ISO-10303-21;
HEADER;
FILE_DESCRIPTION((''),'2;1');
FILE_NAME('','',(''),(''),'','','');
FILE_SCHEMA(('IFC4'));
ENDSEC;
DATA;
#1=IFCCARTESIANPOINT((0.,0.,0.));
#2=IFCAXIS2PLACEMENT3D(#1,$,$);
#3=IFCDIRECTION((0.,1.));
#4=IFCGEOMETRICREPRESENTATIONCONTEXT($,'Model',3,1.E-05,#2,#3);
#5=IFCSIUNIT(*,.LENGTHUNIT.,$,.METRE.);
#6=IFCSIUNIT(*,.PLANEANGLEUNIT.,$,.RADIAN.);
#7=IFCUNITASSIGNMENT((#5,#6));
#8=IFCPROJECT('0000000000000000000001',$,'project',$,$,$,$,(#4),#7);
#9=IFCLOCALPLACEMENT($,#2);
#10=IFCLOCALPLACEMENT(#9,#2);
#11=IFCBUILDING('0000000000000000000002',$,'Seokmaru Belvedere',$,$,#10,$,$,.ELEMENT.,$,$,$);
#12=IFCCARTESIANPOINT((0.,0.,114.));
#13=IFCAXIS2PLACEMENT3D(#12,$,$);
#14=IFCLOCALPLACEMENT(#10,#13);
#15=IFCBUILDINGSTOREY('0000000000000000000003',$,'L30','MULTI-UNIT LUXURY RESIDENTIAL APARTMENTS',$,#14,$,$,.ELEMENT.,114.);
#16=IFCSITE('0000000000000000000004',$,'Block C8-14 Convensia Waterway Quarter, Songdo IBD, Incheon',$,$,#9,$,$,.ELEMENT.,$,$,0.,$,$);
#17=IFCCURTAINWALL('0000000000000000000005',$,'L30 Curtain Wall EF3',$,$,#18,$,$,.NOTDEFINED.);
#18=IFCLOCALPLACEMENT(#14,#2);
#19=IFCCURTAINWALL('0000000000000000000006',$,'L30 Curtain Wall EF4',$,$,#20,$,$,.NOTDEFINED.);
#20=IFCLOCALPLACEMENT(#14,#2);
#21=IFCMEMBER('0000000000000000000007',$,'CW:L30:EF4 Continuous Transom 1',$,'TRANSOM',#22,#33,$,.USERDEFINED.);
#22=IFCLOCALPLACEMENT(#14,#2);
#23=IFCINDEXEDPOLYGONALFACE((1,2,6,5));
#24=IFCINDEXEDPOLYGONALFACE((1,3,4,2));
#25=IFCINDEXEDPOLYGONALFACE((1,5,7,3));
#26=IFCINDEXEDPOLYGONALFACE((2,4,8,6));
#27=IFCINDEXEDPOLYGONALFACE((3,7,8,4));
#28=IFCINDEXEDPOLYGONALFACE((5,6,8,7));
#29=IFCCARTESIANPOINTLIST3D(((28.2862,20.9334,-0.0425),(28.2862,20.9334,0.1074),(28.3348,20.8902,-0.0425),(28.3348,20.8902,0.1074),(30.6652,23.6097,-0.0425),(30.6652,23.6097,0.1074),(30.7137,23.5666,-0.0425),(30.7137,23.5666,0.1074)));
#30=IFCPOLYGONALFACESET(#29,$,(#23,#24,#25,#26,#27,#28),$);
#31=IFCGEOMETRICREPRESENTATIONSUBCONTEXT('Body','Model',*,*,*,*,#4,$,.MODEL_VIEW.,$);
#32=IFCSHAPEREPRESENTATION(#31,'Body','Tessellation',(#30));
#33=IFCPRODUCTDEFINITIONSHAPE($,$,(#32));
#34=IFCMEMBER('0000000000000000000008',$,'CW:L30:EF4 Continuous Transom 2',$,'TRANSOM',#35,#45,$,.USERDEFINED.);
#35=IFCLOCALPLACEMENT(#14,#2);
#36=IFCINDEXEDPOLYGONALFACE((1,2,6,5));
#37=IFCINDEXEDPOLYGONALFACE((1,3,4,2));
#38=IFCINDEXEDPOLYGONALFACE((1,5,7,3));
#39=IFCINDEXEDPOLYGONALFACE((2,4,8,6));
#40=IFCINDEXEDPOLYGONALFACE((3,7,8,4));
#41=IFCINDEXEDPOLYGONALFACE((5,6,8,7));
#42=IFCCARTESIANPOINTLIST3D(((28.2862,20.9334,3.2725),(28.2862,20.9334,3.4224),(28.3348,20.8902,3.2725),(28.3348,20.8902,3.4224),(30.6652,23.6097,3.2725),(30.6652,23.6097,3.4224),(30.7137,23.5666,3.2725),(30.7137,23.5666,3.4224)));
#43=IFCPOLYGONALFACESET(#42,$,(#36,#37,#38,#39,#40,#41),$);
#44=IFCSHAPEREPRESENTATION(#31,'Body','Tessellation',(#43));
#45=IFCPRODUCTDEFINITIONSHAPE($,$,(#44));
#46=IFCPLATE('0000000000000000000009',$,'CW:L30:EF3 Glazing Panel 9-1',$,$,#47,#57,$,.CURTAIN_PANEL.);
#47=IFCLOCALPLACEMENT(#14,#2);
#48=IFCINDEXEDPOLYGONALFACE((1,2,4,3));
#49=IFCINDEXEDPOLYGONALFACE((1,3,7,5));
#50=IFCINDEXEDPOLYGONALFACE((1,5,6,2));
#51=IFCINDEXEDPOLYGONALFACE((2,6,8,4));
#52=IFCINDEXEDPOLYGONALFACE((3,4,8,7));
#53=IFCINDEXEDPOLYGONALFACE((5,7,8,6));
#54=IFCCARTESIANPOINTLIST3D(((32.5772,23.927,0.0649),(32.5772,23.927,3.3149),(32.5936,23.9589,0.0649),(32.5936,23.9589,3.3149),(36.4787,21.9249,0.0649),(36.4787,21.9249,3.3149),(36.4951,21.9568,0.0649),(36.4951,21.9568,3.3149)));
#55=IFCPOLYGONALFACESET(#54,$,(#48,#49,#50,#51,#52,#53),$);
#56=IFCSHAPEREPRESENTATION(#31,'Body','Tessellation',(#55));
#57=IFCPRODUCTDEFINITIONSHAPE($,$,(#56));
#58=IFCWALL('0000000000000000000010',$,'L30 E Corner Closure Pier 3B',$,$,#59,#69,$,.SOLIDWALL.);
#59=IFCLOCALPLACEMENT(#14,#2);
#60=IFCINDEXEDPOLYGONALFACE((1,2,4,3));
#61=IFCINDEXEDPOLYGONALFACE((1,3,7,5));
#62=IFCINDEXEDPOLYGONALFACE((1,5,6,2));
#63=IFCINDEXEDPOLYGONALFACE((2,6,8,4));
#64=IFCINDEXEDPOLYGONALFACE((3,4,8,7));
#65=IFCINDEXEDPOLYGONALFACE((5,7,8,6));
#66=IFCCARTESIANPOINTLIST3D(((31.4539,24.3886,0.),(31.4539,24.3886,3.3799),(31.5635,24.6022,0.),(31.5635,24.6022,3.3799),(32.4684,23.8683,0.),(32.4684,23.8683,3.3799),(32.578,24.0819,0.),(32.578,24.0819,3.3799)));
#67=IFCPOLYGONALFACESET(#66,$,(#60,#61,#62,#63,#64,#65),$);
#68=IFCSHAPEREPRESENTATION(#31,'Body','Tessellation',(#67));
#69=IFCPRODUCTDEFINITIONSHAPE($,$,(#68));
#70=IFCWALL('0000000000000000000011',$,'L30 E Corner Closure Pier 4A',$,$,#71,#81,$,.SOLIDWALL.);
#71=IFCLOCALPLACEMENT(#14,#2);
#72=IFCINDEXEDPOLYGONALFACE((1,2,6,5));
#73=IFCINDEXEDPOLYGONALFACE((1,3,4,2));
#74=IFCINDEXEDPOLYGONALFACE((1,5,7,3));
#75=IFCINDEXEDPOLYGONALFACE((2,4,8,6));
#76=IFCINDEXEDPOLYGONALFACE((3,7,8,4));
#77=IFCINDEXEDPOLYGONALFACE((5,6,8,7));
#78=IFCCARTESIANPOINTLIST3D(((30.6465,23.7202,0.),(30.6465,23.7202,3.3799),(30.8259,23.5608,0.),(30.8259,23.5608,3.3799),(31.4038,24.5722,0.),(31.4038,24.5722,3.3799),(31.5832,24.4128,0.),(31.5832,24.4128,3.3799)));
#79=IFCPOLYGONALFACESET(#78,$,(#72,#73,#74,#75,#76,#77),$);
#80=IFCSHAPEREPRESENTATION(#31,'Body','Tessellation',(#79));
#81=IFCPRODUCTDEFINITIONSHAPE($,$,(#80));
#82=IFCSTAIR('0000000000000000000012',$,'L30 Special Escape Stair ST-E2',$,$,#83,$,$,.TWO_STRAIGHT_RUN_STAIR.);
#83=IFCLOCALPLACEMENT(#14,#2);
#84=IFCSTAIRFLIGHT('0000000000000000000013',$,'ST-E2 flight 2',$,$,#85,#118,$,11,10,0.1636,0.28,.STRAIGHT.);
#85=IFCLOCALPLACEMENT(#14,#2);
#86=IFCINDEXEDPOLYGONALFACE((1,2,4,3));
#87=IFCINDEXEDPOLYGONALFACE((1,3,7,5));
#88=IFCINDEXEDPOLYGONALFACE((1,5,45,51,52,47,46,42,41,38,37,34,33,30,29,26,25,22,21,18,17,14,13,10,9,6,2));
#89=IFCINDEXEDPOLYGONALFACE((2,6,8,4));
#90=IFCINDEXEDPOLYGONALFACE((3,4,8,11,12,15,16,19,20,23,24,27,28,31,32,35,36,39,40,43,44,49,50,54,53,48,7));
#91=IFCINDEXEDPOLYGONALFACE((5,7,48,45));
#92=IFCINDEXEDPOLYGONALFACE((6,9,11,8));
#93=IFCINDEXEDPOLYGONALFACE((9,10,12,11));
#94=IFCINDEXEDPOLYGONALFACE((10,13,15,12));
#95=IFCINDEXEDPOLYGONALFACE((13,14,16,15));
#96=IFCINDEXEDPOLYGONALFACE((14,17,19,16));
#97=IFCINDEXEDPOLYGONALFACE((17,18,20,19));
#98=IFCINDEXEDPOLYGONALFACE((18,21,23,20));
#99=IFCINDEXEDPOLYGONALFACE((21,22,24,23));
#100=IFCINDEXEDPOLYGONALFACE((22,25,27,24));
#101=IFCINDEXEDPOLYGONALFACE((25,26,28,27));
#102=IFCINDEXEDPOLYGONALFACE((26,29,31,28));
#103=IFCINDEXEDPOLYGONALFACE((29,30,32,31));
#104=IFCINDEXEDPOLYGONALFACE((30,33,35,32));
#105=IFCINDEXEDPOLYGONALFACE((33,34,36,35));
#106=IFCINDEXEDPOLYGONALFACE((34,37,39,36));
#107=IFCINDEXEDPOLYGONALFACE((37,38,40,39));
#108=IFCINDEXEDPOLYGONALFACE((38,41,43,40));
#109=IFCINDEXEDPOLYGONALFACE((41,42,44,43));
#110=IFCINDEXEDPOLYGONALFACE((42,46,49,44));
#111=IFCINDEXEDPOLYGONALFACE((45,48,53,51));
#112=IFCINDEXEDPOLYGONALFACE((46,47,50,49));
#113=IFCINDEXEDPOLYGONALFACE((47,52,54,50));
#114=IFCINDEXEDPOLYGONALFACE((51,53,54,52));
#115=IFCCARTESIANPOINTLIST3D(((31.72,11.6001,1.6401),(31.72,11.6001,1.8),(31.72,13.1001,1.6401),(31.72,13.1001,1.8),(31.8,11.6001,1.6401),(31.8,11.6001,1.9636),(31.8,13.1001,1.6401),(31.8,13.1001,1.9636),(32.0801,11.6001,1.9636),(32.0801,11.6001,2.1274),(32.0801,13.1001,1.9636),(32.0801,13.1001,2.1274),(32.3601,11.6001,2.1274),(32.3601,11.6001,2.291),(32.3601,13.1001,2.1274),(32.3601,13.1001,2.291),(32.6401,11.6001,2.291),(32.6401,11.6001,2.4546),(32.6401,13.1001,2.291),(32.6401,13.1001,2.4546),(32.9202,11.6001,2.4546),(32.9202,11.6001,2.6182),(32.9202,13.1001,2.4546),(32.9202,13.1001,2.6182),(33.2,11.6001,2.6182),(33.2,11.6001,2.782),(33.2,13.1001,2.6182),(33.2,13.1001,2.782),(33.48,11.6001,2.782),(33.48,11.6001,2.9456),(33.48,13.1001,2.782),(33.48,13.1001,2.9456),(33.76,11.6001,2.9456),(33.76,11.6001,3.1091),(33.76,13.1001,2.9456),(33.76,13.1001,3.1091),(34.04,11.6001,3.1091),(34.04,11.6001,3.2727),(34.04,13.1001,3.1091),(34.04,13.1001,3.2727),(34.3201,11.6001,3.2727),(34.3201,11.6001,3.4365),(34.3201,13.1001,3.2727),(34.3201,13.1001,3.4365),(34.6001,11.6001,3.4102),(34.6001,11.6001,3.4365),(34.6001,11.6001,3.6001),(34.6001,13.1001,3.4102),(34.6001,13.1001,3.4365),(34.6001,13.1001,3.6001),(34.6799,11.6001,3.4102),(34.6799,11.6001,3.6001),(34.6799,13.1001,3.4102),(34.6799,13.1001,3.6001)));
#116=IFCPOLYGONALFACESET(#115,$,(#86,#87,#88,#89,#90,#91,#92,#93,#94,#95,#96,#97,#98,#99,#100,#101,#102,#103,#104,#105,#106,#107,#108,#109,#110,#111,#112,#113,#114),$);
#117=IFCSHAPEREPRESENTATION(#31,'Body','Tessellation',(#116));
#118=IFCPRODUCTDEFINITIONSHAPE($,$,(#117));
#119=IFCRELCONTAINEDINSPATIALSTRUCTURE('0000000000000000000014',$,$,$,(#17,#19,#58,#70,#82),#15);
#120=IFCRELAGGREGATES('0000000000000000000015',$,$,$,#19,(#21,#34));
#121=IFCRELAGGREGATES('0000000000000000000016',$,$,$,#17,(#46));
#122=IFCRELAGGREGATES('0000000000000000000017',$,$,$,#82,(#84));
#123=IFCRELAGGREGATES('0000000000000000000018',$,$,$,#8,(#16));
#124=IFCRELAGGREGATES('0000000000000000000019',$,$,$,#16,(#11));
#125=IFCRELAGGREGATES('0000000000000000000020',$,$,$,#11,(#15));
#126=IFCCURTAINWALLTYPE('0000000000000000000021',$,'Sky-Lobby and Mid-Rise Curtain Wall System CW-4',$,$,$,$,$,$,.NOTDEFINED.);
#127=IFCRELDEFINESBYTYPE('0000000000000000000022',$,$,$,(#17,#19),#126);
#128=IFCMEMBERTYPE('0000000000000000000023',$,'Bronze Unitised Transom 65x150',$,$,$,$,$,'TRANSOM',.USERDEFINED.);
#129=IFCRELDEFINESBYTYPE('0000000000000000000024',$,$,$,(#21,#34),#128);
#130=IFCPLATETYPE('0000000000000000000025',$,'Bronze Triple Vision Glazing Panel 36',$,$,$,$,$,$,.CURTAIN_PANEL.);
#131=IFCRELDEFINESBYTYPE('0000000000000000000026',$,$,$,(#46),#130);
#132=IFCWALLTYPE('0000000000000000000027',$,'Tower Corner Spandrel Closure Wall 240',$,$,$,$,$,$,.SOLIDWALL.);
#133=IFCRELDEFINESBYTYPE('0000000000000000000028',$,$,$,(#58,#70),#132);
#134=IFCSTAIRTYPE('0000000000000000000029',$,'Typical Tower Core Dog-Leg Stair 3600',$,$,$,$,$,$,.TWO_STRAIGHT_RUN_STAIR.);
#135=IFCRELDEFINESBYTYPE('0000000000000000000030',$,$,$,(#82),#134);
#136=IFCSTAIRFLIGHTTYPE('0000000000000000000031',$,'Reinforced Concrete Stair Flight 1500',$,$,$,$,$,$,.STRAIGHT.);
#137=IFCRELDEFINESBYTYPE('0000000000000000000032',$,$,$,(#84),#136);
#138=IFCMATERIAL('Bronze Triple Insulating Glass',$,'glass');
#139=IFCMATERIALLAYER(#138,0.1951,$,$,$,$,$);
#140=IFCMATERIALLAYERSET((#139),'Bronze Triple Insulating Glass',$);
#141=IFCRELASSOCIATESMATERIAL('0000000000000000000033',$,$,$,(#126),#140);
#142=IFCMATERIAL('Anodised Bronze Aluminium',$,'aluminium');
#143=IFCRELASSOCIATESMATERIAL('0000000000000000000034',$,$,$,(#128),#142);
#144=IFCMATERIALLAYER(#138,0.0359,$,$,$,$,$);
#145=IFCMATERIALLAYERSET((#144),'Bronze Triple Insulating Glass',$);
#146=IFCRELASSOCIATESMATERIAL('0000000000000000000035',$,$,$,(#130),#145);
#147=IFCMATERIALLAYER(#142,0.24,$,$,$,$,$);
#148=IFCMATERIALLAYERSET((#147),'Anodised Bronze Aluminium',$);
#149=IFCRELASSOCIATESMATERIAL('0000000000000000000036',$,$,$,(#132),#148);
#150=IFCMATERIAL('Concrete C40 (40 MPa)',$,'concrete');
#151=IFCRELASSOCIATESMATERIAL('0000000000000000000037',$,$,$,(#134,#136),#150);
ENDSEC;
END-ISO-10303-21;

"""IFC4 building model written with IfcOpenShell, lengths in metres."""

from ifc_helpers import new_model, si_unit, direction, frame, frame_2d, origin, origin_2d, place, context, subcontext, project, spatial, polyline, rectangle, outline, extrude, source, transform, mapped, material, layer, layer_set, material_profile, profile_set, type_object, type_shapes, element, aggregate, save


model = new_model("IFC4")

# Units and contexts
model_context = context("Model", 3, precision=1e-05, world=origin(), true_north=direction((0.0, 1.0)))
body_context = subcontext(model_context, "Body", "Model", "MODEL_VIEW")
ifc_project = project(units=[si_unit("LENGTHUNIT", "METRE"), si_unit("PLANEANGLEUNIT", "RADIAN")], contexts=[model_context])

# Site, building, storey
site_placement = place(None, origin())
site = spatial("IfcSite", under=ifc_project, at=site_placement, Name="Block C8-14 Convensia Waterway Quarter, Songdo IBD, Incheon", CompositionType="ELEMENT", RefElevation=0.0)
building_placement = place(site_placement, origin())
building = spatial("IfcBuilding", under=site, at=building_placement, Name="Seokmaru Belvedere", CompositionType="ELEMENT")
storey_placement = place(building_placement, frame((0.0, 0.0, 114.0)))
storey = spatial("IfcBuildingStorey", under=building, at=storey_placement, Name="L30", Description="MULTI-UNIT LUXURY RESIDENTIAL APARTMENTS", CompositionType="ELEMENT", Elevation=114.0)

# Curtain wall
ifc_material_1 = material(Name="Bronze Triple Insulating Glass", Category="glass")
ifc_layer_1 = layer(ifc_material_1, 0.1951)
ifc_layer_set_1 = layer_set([ifc_layer_1], Name="Bronze Triple Insulating Glass")
curtain_wall_type = type_object("IfcCurtainWallType", Name="Sky-Lobby and Mid-Rise Curtain Wall System CW-4", PredefinedType="NOTDEFINED", material=ifc_layer_set_1)
curtain_wall_1_placement = place(storey_placement, origin())
curtain_wall_1 = element("IfcCurtainWall", 1, at=curtain_wall_1_placement, inside=storey, type_object=curtain_wall_type, Name="L30 Curtain Wall EF3", PredefinedType="NOTDEFINED")
ifc_material_2 = material(Name="Anodised Bronze Aluminium", Category="aluminium")

# Curtain wall, members
curtain_wall_2_placement = place(storey_placement, origin())
curtain_wall_2 = element("IfcCurtainWall", 2, at=curtain_wall_2_placement, inside=storey, type_object=curtain_wall_type, Name="L30 Curtain Wall EF4", PredefinedType="NOTDEFINED")
ifc_material_profile_1 = material_profile(ifc_material_2, rectangle(XDim=0.0649, YDim=0.1499, at=origin_2d()), Name="CW-T-65x150")
ifc_profile_set_1 = profile_set([ifc_material_profile_1], Name="Anodised Bronze Aluminium")
member_type_1 = type_object("IfcMemberType", Name="Bronze Unitised Transom 65x150", ElementType="TRANSOM", PredefinedType="USERDEFINED", material=ifc_profile_set_1)
shared_shape_1 = source(origin(), body_context, "Body", "SweptSolid", [
    extrude(rectangle(XDim=0.0649, YDim=0.1499, at=origin_2d()), origin(), (0.0, 0.0, 1.0), 3.5808),
])
type_shapes(member_type_1, [shared_shape_1])
member_1_placement = place(storey_placement, frame((30.6895, 23.5881, 0.0325), z_axis=(-0.664364, -0.747409, 0.0), x_axis=(0.747409, -0.664364, 0.0)))
member_1 = element("IfcMember", 3, at=member_1_placement, type_object=member_type_1, Name="CW:L30:EF4 Continuous Transom 1", ObjectType="TRANSOM", PredefinedType="USERDEFINED", context=body_context, shape_type="MappedRepresentation", body=[
    mapped(shared_shape_1, transform((0.0, 0.0, 0.0), scale=1.0)),
])
member_2_placement = place(storey_placement, frame((30.6895, 23.5881, 3.3474), z_axis=(-0.664364, -0.747409, 0.0), x_axis=(0.747409, -0.664364, 0.0)))
member_2 = element("IfcMember", 4, at=member_2_placement, type_object=member_type_1, Name="CW:L30:EF4 Continuous Transom 2", ObjectType="TRANSOM", PredefinedType="USERDEFINED", context=body_context, shape_type="MappedRepresentation", body=[
    mapped(shared_shape_1, transform((0.0, 0.0, 0.0), scale=1.0)),
])
aggregate(curtain_wall_2, [member_1, member_2])

# Plate
ifc_layer_2 = layer(ifc_material_1, 0.0359)
ifc_layer_set_2 = layer_set([ifc_layer_2], Name="Bronze Triple Insulating Glass")
plate_type = type_object("IfcPlateType", Name="Bronze Triple Vision Glazing Panel 36", PredefinedType="CURTAIN_PANEL", material=ifc_layer_set_2)
shared_shape_2 = source(origin(), body_context, "Body", "SweptSolid", [
    extrude(rectangle(XDim=4.3853, YDim=0.0359, at=origin_2d()), origin(), (0.0, 0.0, 1.0), 3.25),
])
type_shapes(plate_type, [shared_shape_2])
plate_placement = place(storey_placement, frame((34.5361, 22.9419, 0.0649), z_axis=(0.0, 0.0, 1.0), x_axis=(-0.889695, 0.456555, 0.0)))
plate = element("IfcPlate", 5, at=plate_placement, type_object=plate_type, Name="CW:L30:EF3 Glazing Panel 9-1", PredefinedType="CURTAIN_PANEL", context=body_context, shape_type="MappedRepresentation", body=[
    mapped(shared_shape_2, transform((0.0, 0.0, 0.0), scale=1.0)),
])
aggregate(curtain_wall_1, [plate])

# Walls
ifc_layer_3 = layer(ifc_material_2, 0.24)
ifc_layer_set_3 = layer_set([ifc_layer_3], Name="Anodised Bronze Aluminium")
wall_type = type_object("IfcWallType", Name="Tower Corner Spandrel Closure Wall 240", PredefinedType="SOLIDWALL", material=ifc_layer_set_3)
wall_1_placement = place(storey_placement, frame((32.5232, 23.9751, 0.0), z_axis=(0.0, 0.0, 1.0), x_axis=(-0.889797, 0.456356, 0.0)))
element("IfcWall", 6, at=wall_1_placement, inside=storey, type_object=wall_type, Name="L30 E Corner Closure Pier 3B", PredefinedType="SOLIDWALL", context=body_context, shape_type="SweptSolid", body=[
    extrude(rectangle(XDim=1.1401, YDim=0.24, at=frame_2d((0.5701, 0.0))), origin(), (0.0, 0.0, 1.0), 3.3799),
])
wall_2_placement = place(storey_placement, frame((31.4934, 24.4924, 0.0), z_axis=(0.0, 0.0, 1.0), x_axis=(-0.664337, -0.747433, 0.0)))
element("IfcWall", 7, at=wall_2_placement, inside=storey, type_object=wall_type, Name="L30 E Corner Closure Pier 4A", PredefinedType="SOLIDWALL", context=body_context, shape_type="SweptSolid", body=[
    extrude(rectangle(XDim=1.1399, YDim=0.24, at=frame_2d((0.5698, 0.0))), origin(), (0.0, 0.0, 1.0), 3.3799),
])

# Stair, stair flight
ifc_material_3 = material(Name="Concrete C40 (40 MPa)", Category="concrete")
stair_type = type_object("IfcStairType", Name="Typical Tower Core Dog-Leg Stair 3600", PredefinedType="TWO_STRAIGHT_RUN_STAIR", material=ifc_material_3)
stair_placement = place(storey_placement, origin())
stair = element("IfcStair", 8, at=stair_placement, inside=storey, type_object=stair_type, Name="L30 Special Escape Stair ST-E2", PredefinedType="TWO_STRAIGHT_RUN_STAIR")
stair_flight_type = type_object("IfcStairFlightType", Name="Reinforced Concrete Stair Flight 1500", PredefinedType="STRAIGHT", material=ifc_material_3)
stair_flight_placement = place(storey_placement, frame((31.8, 12.3501, 1.8), z_axis=(0.0, 0.0, 1.0), x_axis=(1.0, 0.0, 0.0)))
stair_flight = element("IfcStairFlight", 9, at=stair_flight_placement, type_object=stair_flight_type, Name="ST-E2 flight 2", NumberOfRisers=11, NumberOfTreads=10, PredefinedType="STRAIGHT", RiserHeight=0.1636, TreadLength=0.28, context=body_context, shape_type="SweptSolid", body=[
    extrude(outline(polyline([(-0.0801, 0.0), (0.0, 0.1636), (0.28, 0.1636), (0.28, 0.3274), (0.5601, 0.3274), (0.5601, 0.491), (0.8401, 0.491), (0.8401, 0.6545), (1.1201, 0.6545), (1.1201, 0.8181), (1.3999, 0.8181), (1.3999, 0.9819), (1.6799, 0.9819), (1.6799, 1.1455), (1.96, 1.1455), (1.96, 1.3091), (2.24, 1.3091), (2.24, 1.4727), (2.52, 1.4727), (2.52, 1.6365), (2.8, 1.6365), (2.8, 1.8), (2.8799, 1.8), (2.8799, 1.6101), (2.8, 1.6101), (0.0, -0.1599), (-0.0801, -0.1599), (-0.0801, 0.0)])), frame((0.0, 0.75, 0.0), z_axis=(0.0, -1.0, 0.0), x_axis=(1.0, 0.0, 0.0)), (0.0, 0.0, 1.0), 1.5),
])
aggregate(stair, [stair_flight])

save(model, "model.ifc")
